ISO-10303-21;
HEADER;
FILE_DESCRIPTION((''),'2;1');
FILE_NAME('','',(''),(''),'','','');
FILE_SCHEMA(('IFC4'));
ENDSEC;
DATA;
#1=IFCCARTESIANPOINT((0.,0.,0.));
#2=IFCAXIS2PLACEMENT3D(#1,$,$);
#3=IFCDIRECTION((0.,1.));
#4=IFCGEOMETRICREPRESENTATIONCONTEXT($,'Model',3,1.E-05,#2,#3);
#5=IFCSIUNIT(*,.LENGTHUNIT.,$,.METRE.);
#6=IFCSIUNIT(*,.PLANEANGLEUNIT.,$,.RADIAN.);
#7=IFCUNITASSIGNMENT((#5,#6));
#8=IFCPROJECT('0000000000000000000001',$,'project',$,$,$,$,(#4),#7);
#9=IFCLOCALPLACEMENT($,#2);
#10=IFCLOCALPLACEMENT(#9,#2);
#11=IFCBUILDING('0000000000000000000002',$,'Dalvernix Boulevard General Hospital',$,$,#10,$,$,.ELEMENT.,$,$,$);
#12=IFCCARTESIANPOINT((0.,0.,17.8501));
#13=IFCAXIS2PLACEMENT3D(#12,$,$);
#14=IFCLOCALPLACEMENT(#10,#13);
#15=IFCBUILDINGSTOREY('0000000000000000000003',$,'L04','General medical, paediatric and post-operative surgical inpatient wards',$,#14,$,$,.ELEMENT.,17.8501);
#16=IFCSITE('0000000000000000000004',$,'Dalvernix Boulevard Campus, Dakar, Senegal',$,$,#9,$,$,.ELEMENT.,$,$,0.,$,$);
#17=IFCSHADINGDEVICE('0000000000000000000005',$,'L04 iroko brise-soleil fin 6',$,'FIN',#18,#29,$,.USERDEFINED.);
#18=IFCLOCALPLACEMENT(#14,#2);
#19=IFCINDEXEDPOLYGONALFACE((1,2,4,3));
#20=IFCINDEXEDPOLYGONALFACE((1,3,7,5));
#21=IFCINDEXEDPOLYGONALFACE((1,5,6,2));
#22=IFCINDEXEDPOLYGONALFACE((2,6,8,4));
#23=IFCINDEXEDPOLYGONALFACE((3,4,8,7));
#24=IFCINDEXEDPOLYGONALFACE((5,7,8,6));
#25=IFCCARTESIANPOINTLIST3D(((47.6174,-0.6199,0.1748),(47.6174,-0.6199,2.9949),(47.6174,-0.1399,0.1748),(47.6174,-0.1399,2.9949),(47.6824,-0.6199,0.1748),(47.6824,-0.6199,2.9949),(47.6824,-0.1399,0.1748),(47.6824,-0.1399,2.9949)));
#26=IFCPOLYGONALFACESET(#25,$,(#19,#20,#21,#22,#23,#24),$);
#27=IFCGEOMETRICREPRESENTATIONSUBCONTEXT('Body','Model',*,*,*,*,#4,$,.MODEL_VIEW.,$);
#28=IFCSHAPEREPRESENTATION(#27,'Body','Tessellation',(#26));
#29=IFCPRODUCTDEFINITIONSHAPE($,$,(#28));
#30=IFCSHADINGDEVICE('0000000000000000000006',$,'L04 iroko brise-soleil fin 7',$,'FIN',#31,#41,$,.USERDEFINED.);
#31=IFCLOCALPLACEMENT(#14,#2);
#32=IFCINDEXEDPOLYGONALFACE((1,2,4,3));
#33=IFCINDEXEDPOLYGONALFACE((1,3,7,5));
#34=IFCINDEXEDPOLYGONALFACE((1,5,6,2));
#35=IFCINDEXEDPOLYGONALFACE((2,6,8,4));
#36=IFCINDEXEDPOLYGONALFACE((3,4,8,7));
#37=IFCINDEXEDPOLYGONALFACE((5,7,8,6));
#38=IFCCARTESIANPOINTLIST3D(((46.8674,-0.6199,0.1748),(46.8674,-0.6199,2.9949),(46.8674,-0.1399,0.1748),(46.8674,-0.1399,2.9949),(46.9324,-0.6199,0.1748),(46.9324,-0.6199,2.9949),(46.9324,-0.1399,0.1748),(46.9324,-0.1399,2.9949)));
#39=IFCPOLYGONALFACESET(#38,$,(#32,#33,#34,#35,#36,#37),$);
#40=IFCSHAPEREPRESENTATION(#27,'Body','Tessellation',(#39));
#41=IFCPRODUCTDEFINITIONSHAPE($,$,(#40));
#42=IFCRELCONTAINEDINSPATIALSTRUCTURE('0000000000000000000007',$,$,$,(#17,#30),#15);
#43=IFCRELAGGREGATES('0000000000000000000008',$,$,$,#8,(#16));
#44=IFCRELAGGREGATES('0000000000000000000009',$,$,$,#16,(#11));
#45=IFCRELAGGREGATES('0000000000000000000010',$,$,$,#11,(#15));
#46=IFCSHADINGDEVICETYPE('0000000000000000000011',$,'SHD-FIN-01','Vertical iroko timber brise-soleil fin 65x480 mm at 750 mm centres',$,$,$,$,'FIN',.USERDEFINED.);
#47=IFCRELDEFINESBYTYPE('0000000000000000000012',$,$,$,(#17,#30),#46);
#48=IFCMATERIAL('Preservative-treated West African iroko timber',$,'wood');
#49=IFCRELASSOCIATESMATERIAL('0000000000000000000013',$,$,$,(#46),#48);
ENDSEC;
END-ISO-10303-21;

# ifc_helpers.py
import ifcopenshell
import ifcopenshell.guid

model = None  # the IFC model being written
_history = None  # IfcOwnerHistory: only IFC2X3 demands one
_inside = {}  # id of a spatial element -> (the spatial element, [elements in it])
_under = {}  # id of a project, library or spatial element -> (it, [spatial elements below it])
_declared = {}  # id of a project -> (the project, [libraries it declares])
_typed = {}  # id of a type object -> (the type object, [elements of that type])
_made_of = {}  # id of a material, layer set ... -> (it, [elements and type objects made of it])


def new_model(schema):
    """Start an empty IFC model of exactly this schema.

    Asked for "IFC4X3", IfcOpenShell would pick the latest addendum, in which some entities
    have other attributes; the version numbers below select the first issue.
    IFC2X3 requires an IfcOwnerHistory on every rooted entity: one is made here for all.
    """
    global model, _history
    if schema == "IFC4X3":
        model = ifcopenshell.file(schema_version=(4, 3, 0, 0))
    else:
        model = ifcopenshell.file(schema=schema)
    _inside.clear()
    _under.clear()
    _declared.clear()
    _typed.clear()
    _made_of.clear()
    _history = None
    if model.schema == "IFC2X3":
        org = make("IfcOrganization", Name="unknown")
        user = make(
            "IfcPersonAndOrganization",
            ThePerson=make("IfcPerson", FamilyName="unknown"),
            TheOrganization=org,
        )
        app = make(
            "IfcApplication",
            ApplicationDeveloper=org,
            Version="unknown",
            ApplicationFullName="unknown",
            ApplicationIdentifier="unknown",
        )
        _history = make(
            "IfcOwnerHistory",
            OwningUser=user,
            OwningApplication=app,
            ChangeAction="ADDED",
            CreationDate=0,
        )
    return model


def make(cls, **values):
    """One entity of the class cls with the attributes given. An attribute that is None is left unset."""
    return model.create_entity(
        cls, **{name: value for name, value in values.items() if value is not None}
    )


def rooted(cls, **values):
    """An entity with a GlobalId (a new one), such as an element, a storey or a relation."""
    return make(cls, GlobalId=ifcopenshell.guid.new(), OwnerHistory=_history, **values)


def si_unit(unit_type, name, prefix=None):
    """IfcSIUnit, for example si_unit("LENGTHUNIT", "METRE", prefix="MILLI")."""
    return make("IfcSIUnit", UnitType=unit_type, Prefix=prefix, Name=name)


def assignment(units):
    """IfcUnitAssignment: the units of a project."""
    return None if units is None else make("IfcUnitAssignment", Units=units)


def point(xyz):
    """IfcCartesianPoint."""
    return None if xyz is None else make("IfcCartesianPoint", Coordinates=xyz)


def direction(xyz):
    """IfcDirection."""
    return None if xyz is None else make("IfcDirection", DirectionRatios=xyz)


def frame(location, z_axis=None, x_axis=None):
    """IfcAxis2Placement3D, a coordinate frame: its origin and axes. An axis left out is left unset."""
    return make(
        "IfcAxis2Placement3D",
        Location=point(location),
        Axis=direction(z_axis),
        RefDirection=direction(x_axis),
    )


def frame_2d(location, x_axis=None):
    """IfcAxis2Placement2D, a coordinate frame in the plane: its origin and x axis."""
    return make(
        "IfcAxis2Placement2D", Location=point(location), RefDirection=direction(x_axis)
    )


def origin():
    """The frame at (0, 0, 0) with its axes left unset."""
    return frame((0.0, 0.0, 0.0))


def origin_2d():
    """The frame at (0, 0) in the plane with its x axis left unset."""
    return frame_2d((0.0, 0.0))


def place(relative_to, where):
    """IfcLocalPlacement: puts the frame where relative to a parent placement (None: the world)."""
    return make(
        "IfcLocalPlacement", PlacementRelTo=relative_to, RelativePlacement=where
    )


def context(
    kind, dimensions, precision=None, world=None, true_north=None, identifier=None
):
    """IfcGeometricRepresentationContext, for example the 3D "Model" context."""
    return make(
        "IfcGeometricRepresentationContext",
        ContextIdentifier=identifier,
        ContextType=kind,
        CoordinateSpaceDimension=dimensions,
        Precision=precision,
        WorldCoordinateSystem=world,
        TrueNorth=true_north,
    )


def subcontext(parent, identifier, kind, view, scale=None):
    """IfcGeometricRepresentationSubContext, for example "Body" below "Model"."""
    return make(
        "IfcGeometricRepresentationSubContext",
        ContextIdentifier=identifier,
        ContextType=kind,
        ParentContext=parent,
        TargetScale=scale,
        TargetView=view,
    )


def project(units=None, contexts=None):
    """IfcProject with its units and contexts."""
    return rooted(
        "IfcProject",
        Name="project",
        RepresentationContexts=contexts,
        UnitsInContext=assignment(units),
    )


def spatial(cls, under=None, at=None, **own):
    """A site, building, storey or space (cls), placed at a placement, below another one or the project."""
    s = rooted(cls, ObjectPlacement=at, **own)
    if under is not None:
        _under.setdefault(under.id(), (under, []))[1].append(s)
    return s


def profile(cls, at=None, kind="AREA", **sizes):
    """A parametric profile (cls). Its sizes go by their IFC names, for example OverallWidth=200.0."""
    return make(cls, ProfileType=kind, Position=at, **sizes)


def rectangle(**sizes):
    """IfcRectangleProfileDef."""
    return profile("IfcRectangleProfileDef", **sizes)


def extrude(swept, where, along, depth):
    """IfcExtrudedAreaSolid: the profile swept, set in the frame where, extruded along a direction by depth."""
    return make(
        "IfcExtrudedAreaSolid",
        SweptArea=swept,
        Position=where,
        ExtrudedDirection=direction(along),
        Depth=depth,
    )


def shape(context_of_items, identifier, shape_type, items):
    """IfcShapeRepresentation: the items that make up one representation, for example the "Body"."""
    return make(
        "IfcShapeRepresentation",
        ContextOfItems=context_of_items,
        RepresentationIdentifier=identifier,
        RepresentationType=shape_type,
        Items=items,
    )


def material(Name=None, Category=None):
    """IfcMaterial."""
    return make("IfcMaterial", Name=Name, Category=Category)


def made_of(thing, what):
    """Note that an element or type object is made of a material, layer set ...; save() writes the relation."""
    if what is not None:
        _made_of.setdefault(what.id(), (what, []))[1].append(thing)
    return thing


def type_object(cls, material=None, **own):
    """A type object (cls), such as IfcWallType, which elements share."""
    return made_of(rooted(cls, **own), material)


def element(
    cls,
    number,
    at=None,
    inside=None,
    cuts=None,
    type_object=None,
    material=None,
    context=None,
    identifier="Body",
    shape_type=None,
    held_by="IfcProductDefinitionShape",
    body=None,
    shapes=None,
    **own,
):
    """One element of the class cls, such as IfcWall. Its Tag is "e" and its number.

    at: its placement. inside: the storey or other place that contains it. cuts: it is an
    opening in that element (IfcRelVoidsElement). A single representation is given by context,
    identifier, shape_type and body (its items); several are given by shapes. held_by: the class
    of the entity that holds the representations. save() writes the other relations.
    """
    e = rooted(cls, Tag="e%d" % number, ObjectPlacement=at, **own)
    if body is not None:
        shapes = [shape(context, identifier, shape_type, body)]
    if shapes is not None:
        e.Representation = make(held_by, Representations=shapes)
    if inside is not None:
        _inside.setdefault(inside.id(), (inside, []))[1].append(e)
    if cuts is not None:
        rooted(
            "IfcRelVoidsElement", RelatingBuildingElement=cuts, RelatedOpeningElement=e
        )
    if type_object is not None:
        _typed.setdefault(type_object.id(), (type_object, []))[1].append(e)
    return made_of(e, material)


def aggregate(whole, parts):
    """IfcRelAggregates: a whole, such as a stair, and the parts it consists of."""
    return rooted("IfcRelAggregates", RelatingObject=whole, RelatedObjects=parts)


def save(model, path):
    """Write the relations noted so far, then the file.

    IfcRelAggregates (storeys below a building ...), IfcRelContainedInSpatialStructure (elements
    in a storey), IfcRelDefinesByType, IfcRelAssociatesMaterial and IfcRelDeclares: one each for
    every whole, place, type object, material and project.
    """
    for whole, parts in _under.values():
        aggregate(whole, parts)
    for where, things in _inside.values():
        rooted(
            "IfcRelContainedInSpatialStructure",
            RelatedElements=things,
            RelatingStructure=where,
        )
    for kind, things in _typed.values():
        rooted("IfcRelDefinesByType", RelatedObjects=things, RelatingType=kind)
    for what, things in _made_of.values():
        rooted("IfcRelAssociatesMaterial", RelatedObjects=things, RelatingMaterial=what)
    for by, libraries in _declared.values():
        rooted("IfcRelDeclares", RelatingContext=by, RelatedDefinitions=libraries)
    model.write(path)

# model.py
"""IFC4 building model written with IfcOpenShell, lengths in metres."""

from ifc_helpers import new_model, si_unit, direction, frame, origin, origin_2d, place, context, subcontext, project, spatial, rectangle, extrude, material, type_object, element, save


model = new_model("IFC4")

# Units and contexts
model_context = context("Model", 3, precision=1e-05, world=origin(), true_north=direction((0.0, 1.0)))
body_context = subcontext(model_context, "Body", "Model", "MODEL_VIEW")
ifc_project = project(units=[si_unit("LENGTHUNIT", "METRE"), si_unit("PLANEANGLEUNIT", "RADIAN")], contexts=[model_context])

# Site, building, storey
site_placement = place(None, origin())
site = spatial("IfcSite", under=ifc_project, at=site_placement, Name="Dalvernix Boulevard Campus, Dakar, Senegal", CompositionType="ELEMENT", RefElevation=0.0)
building_placement = place(site_placement, origin())
building = spatial("IfcBuilding", under=site, at=building_placement, Name="Dalvernix Boulevard General Hospital", CompositionType="ELEMENT")
storey_placement = place(building_placement, frame((0.0, 0.0, 17.8501)))
storey = spatial("IfcBuildingStorey", under=building, at=storey_placement, Name="L04", Description="General medical, paediatric and post-operative surgical inpatient wards", CompositionType="ELEMENT", Elevation=17.8501)

# Shading devices
ifc_material_1 = material(Name="Preservative-treated West African iroko timber", Category="wood")
shading_device_type = type_object("IfcShadingDeviceType", Name="SHD-FIN-01", Description="Vertical iroko timber brise-soleil fin 65x480 mm at 750 mm centres", ElementType="FIN", PredefinedType="USERDEFINED", material=ifc_material_1)
for number, where, z_axis, x_axis, name in (
    (1, (47.6499, -0.3799, 0.1748), (0.0, 0.0, 1.0), (-1.0, 0.0, 0.0), "L04 iroko brise-soleil fin 6"),
    (2, (46.8999, -0.3799, 0.1748), (0.0, 0.0, 1.0), (-1.0, 0.0, 0.0), "L04 iroko brise-soleil fin 7"),
):
    element("IfcShadingDevice", number, at=place(storey_placement, frame(where, z_axis=z_axis, x_axis=x_axis)), inside=storey, type_object=shading_device_type, Name=name, ObjectType="FIN", PredefinedType="USERDEFINED", context=body_context, shape_type="SweptSolid", body=[
        extrude(rectangle(XDim=0.0649, YDim=0.48, at=origin_2d()), origin(), (0.0, 0.0, 1.0), 2.8201),
    ])

save(model, "model.ifc")
